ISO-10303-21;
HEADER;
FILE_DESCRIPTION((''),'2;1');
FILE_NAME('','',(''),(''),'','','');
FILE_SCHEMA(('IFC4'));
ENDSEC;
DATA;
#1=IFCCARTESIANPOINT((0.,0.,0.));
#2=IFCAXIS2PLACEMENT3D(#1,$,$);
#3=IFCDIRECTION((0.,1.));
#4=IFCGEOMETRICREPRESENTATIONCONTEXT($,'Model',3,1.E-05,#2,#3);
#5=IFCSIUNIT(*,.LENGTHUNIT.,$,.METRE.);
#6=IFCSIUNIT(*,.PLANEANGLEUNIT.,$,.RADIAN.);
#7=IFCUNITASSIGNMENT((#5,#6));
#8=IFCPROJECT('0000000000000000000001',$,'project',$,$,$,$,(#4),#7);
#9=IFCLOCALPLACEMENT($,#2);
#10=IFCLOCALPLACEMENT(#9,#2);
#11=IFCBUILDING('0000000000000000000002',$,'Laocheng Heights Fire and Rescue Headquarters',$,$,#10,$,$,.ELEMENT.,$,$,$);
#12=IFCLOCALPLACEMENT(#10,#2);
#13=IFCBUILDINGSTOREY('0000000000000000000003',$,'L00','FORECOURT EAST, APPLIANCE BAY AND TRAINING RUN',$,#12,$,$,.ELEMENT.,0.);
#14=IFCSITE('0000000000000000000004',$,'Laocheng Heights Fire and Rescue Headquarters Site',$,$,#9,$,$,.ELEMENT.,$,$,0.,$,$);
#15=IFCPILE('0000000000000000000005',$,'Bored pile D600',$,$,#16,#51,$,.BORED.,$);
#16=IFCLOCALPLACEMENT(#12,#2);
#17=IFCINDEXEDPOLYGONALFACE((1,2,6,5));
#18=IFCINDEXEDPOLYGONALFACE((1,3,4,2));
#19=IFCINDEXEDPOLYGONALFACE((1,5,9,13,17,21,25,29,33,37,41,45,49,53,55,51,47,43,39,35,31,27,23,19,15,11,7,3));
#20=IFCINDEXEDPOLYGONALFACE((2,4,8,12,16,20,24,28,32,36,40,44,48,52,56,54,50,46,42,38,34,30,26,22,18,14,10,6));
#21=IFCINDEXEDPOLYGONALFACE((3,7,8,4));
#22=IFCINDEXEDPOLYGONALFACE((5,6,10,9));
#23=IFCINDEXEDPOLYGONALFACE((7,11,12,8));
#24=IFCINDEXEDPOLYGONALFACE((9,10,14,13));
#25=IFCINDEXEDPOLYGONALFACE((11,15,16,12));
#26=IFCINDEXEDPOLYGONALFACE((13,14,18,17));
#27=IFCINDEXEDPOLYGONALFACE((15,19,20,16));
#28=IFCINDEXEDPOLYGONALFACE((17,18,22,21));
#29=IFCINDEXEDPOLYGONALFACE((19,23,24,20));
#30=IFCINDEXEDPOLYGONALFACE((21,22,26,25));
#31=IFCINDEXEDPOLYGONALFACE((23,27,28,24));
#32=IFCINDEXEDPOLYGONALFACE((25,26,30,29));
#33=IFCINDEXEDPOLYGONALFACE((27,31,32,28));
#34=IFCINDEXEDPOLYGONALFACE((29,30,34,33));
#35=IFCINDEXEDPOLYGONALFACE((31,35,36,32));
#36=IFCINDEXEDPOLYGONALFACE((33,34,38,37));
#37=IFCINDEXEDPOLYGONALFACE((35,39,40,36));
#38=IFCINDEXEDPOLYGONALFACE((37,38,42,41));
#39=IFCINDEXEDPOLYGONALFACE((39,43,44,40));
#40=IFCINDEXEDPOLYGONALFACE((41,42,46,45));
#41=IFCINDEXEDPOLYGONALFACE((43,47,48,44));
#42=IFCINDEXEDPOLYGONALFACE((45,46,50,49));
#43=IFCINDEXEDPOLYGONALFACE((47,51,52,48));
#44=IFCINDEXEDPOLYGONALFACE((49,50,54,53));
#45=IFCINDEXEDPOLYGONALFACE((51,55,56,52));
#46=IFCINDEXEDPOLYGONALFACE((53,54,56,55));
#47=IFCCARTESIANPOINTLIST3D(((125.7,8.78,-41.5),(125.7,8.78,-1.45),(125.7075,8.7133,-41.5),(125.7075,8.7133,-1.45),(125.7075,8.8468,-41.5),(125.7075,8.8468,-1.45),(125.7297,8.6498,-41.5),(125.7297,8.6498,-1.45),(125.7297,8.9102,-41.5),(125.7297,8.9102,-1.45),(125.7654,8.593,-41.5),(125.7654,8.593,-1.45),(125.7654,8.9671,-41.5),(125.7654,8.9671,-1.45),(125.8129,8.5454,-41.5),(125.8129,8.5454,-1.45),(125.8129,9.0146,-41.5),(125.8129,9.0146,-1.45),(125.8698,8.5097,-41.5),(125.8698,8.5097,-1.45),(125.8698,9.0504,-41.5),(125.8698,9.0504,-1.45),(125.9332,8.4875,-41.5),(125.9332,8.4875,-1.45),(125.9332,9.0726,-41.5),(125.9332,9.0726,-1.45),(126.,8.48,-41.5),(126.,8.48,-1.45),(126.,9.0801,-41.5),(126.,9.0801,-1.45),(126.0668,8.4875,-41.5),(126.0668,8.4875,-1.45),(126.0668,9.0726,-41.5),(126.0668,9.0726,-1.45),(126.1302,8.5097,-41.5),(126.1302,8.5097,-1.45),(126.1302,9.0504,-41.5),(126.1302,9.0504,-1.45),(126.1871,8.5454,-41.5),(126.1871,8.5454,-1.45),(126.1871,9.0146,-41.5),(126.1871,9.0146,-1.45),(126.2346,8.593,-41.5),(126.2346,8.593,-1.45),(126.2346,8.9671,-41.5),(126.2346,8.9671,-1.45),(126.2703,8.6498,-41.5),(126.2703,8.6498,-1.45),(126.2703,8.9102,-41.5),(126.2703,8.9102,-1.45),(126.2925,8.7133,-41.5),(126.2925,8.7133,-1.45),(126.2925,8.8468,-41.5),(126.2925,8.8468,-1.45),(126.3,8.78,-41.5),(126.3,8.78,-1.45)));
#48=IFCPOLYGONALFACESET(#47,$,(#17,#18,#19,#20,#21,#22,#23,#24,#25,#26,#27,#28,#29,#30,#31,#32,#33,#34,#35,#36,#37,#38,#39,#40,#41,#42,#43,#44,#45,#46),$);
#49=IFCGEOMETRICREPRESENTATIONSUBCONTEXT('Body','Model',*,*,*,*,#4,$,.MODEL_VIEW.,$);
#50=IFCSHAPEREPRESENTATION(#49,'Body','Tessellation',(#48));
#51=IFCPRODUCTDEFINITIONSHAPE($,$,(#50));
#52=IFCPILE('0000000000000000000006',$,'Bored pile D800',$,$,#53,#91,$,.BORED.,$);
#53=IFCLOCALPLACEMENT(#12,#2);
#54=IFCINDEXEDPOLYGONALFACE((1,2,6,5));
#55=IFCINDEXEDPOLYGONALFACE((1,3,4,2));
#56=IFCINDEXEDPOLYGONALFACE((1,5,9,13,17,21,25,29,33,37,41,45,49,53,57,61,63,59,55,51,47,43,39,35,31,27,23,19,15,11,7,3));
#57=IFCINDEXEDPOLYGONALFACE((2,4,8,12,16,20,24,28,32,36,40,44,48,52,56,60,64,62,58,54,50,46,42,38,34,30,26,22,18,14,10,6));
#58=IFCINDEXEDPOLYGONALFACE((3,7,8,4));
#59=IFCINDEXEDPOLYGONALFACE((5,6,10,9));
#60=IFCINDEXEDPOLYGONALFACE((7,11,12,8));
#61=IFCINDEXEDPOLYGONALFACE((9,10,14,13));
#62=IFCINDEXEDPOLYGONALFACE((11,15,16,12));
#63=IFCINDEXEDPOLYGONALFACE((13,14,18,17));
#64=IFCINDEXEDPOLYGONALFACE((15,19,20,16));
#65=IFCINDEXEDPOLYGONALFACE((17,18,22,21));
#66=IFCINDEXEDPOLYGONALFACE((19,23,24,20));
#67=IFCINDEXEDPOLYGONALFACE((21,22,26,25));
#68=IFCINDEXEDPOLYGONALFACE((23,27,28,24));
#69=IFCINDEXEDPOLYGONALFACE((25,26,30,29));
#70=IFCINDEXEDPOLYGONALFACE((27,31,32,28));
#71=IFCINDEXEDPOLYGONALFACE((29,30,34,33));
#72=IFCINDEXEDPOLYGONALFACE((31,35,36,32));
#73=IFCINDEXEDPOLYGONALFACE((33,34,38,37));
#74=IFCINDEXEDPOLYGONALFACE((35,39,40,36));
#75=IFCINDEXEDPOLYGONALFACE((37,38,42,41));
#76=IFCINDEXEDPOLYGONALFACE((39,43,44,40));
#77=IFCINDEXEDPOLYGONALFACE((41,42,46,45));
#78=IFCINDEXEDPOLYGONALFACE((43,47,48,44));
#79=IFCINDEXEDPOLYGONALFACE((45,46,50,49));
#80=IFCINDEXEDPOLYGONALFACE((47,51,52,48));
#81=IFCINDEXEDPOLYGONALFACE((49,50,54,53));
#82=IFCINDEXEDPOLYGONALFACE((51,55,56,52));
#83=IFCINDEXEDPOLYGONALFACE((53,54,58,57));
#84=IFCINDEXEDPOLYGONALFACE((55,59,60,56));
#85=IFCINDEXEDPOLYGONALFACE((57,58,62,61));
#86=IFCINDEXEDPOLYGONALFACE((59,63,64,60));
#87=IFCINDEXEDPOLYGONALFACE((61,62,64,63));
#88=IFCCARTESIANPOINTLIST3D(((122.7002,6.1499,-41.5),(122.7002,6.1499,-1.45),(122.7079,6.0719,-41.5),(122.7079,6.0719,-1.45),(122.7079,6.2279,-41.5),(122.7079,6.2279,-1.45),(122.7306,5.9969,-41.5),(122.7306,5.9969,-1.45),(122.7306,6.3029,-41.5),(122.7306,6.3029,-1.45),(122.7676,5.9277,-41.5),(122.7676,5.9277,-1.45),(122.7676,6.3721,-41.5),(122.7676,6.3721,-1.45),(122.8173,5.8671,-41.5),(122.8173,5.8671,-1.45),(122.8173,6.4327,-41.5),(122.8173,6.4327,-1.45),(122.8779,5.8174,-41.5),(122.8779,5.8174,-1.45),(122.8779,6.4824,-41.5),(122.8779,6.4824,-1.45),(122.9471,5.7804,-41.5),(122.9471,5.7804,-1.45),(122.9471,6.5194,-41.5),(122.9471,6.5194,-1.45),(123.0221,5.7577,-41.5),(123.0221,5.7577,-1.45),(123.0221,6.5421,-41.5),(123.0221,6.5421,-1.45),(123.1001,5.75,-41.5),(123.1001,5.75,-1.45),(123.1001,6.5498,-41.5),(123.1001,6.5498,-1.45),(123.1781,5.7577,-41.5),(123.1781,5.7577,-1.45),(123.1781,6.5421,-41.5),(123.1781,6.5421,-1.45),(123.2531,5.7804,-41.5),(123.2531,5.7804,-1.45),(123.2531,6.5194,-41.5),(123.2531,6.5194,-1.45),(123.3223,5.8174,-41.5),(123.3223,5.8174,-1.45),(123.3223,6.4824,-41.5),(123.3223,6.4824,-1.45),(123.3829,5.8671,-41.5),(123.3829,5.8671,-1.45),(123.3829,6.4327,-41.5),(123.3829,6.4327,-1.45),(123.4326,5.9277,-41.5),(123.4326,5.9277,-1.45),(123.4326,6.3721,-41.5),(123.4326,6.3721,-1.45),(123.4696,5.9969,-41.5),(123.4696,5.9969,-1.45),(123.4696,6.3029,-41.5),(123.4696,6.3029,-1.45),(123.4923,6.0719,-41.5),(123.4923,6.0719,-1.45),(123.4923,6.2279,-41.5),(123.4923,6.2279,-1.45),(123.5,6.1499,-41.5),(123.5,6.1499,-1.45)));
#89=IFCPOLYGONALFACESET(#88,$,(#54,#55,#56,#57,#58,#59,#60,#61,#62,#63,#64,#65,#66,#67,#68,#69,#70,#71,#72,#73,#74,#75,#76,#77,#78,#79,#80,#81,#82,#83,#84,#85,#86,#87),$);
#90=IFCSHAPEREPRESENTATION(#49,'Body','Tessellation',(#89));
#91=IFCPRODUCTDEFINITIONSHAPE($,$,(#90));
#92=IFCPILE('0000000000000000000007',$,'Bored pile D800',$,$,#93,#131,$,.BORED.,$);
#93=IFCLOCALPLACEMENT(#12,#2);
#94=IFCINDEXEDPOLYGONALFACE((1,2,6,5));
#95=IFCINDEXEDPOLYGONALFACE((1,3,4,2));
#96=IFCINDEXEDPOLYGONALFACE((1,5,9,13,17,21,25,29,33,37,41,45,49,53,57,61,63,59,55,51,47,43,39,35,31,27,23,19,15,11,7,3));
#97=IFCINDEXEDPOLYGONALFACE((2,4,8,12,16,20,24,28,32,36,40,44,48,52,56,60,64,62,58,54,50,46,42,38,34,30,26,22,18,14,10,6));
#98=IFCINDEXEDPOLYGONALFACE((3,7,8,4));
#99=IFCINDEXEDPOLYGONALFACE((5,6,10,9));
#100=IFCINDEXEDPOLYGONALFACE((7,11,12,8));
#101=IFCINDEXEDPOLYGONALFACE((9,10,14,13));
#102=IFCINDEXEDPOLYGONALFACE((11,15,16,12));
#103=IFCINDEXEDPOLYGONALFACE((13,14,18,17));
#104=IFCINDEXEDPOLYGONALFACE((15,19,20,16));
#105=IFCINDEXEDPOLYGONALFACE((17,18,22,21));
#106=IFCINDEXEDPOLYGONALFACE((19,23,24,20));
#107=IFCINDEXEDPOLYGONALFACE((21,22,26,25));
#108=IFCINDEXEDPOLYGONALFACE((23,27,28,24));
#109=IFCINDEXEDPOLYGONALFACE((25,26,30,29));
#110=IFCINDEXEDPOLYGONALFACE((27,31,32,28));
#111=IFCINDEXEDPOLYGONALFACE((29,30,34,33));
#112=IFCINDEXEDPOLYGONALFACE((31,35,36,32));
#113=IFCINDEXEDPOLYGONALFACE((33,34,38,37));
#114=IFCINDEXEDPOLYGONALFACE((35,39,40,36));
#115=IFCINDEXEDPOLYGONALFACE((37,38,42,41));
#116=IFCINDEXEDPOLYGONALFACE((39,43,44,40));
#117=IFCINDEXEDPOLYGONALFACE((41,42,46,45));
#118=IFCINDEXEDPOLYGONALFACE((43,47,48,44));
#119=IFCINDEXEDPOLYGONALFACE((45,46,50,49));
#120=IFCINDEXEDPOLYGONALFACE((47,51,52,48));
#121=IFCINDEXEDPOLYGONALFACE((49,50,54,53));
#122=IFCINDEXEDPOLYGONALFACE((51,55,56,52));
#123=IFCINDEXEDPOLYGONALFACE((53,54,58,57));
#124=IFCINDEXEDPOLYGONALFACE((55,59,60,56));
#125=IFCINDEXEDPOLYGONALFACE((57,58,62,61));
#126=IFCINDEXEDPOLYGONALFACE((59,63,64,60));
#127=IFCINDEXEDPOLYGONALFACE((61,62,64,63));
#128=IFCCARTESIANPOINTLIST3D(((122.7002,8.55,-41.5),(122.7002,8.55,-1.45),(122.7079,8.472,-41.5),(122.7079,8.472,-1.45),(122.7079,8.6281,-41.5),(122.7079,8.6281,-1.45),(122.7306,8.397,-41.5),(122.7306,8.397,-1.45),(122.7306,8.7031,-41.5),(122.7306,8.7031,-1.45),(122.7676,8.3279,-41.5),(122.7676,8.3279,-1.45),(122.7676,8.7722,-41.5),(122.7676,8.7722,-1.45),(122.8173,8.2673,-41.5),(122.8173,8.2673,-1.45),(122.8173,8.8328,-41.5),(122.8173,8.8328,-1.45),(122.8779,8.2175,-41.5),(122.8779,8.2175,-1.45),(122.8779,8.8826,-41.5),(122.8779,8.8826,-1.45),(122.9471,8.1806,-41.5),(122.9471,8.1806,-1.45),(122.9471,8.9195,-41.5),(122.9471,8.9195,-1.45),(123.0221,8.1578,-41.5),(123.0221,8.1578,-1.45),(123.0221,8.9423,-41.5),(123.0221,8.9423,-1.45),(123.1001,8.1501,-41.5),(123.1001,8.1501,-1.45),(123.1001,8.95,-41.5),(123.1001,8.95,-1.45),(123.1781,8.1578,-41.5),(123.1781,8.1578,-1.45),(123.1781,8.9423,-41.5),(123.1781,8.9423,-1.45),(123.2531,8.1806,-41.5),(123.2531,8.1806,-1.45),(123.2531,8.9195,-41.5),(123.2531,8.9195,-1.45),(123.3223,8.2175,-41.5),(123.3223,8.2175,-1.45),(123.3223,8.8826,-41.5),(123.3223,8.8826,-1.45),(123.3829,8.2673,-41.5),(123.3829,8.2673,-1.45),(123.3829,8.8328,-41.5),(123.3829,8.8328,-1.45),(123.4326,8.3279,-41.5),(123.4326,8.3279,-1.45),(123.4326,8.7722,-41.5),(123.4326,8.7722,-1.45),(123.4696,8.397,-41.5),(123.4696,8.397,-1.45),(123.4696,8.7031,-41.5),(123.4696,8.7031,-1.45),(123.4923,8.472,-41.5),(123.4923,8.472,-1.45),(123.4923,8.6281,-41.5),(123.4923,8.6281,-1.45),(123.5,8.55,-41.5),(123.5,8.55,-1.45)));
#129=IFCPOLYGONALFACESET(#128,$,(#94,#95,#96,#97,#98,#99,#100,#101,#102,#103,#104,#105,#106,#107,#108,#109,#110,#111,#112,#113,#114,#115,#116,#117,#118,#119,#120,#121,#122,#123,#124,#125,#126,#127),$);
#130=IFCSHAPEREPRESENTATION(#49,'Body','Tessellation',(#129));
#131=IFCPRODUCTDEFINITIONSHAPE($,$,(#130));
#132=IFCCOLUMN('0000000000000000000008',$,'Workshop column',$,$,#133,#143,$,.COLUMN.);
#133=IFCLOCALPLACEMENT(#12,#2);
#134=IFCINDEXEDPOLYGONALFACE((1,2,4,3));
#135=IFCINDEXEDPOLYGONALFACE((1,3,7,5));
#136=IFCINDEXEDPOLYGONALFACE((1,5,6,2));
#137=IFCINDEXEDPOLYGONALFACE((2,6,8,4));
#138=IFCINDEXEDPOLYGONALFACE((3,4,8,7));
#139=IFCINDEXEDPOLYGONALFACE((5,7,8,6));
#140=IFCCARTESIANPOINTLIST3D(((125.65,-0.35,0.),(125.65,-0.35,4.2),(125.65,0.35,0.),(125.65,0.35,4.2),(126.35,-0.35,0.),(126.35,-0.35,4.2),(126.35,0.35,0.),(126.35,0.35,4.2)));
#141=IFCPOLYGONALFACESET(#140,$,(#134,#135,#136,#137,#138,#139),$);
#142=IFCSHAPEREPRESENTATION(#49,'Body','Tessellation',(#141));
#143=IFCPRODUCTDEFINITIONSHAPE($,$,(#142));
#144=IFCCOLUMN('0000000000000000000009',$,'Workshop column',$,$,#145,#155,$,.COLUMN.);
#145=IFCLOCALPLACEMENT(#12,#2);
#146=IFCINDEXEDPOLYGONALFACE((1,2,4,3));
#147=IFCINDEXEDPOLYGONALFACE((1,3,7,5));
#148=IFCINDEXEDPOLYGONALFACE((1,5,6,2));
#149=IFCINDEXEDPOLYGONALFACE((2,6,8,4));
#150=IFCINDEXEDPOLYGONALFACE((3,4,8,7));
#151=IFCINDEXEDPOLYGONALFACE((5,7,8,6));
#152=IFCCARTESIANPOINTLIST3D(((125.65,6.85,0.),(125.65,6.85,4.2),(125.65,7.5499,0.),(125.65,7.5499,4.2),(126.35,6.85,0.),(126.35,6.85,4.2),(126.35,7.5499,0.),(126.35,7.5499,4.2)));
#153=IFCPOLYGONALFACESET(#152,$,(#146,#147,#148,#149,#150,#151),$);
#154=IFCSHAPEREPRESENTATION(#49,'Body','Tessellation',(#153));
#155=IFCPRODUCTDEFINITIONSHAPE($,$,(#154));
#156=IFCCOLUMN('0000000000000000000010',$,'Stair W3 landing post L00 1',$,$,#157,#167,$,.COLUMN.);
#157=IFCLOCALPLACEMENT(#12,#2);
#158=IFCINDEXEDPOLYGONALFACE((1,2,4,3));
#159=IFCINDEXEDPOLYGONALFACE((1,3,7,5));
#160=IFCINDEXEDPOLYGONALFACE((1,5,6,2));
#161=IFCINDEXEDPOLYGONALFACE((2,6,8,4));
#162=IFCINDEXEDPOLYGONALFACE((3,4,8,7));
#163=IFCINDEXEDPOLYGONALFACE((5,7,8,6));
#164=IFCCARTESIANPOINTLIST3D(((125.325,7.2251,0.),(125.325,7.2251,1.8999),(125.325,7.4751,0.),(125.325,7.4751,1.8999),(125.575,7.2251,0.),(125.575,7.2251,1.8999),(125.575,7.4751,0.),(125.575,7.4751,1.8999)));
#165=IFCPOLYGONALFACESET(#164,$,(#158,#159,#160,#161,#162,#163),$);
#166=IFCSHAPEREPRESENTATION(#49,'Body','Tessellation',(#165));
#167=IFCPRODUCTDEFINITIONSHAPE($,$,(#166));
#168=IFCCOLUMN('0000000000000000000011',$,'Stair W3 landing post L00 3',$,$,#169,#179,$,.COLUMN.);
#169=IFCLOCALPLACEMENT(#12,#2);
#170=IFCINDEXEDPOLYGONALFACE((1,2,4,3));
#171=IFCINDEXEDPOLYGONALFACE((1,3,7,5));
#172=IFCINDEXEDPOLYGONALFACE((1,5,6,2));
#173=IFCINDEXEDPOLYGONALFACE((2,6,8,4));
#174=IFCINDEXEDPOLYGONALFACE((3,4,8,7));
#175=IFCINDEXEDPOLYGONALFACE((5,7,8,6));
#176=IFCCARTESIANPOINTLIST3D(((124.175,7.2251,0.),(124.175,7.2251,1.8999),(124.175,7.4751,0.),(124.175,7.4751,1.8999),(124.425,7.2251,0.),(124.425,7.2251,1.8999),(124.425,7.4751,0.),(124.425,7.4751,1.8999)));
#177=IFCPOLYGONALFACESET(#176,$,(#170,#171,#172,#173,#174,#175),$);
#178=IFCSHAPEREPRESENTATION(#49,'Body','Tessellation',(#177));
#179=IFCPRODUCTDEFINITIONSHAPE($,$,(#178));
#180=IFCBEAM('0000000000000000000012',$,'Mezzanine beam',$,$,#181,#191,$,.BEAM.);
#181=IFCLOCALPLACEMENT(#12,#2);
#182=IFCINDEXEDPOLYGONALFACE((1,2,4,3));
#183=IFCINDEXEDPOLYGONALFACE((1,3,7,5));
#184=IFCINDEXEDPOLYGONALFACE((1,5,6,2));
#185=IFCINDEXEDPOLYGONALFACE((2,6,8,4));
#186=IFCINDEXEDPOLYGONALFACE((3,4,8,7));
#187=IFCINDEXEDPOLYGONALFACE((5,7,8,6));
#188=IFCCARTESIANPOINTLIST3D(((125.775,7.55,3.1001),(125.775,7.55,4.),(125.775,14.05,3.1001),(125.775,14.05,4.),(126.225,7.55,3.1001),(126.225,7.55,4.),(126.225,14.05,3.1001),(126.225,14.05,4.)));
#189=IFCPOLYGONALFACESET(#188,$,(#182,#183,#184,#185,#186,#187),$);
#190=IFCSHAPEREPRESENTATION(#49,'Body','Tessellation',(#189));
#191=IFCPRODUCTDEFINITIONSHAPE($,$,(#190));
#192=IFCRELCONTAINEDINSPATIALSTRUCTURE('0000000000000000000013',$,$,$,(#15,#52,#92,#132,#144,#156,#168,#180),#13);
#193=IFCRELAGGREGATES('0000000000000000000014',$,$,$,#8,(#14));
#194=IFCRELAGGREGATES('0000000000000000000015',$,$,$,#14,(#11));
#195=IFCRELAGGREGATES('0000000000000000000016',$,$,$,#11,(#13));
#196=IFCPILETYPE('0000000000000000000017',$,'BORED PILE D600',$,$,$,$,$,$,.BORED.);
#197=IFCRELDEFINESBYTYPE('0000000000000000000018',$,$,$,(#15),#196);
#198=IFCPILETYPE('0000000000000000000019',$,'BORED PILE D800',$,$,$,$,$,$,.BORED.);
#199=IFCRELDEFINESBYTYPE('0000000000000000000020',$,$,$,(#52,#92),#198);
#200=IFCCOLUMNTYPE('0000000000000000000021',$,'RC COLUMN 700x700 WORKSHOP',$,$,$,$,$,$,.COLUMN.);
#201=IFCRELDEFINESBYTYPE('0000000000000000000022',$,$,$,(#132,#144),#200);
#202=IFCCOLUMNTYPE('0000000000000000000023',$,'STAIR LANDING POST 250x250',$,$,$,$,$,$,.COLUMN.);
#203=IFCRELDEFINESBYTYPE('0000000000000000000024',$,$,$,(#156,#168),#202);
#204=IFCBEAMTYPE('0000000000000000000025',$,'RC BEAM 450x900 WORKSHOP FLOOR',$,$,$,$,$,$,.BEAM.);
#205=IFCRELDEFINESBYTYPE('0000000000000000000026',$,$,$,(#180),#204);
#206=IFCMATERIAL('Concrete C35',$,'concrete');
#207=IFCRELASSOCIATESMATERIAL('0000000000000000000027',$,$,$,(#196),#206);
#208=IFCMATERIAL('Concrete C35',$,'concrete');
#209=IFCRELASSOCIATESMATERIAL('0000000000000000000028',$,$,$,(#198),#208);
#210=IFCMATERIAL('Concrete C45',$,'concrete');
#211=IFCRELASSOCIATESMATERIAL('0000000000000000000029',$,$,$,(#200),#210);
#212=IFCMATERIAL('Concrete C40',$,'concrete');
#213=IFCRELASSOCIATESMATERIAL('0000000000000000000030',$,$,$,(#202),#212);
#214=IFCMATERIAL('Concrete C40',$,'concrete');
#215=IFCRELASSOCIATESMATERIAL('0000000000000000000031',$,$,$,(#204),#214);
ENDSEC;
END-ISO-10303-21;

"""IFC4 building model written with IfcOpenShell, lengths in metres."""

from ifc_helpers import new_model, si_unit, direction, frame, origin, origin_2d, place, context, subcontext, project, spatial, rectangle, circle, extrude, material, material_profile, profile_set, type_object, element, save


model = new_model("IFC4")

# Units and contexts
model_context = context("Model", 3, precision=1e-05, world=origin(), true_north=direction((0.0, 1.0)))
body_context = subcontext(model_context, "Body", "Model", "MODEL_VIEW")
ifc_project = project(units=[si_unit("LENGTHUNIT", "METRE"), si_unit("PLANEANGLEUNIT", "RADIAN")], contexts=[model_context])

# Site, building, storey
site_placement = place(None, origin())
site = spatial("IfcSite", under=ifc_project, at=site_placement, Name="Laocheng Heights Fire and Rescue Headquarters Site", CompositionType="ELEMENT", RefElevation=0.0)
building_placement = place(site_placement, origin())
building = spatial("IfcBuilding", under=site, at=building_placement, Name="Laocheng Heights Fire and Rescue Headquarters", CompositionType="ELEMENT")
storey_placement = place(building_placement, origin())
storey = spatial("IfcBuildingStorey", under=building, at=storey_placement, Name="L00", Description="FORECOURT EAST, APPLIANCE BAY AND TRAINING RUN", CompositionType="ELEMENT", Elevation=0.0)

# Piles
ifc_material_1 = material(Name="Concrete C35", Category="concrete")
ifc_material_profile_1 = material_profile(ifc_material_1, circle(Radius=0.3, at=origin_2d()), Name="BORED PILE D600")
ifc_profile_set_1 = profile_set([ifc_material_profile_1], Name="Concrete C35")
pile_type_1 = type_object("IfcPileType", Name="BORED PILE D600", PredefinedType="BORED", material=ifc_profile_set_1)
for number, where, z_axis, x_axis, name in (
    (1, (126.0, 8.78, -1.45), (0.0, 0.0, -1.0), (1.0, 0.0, 0.0), "Bored pile D600"),
):
    element("IfcPile", number, at=place(storey_placement, frame(where, z_axis=z_axis, x_axis=x_axis)), inside=storey, type_object=pile_type_1, Name=name, PredefinedType="BORED", context=body_context, shape_type="SweptSolid", body=[
        extrude(circle(Radius=0.3, at=origin_2d()), origin(), (0.0, 0.0, 1.0), 40.05),
    ])
ifc_material_2 = material(Name="Concrete C35", Category="concrete")
ifc_material_profile_2 = material_profile(ifc_material_2, circle(Radius=0.3999, at=origin_2d()), Name="BORED PILE D800")
ifc_profile_set_2 = profile_set([ifc_material_profile_2], Name="Concrete C35")
pile_type_2 = type_object("IfcPileType", Name="BORED PILE D800", PredefinedType="BORED", material=ifc_profile_set_2)
for number, where, z_axis, x_axis, name in (
    (2, (123.1001, 6.1499, -1.45), (0.0, 0.0, -1.0), (1.0, 0.0, 0.0), "Bored pile D800"),
    (3, (123.1001, 8.55, -1.45), (0.0, 0.0, -1.0), (1.0, 0.0, 0.0), "Bored pile D800"),
):
    element("IfcPile", number, at=place(storey_placement, frame(where, z_axis=z_axis, x_axis=x_axis)), inside=storey, type_object=pile_type_2, Name=name, PredefinedType="BORED", context=body_context, shape_type="SweptSolid", body=[
        extrude(circle(Radius=0.3999, at=origin_2d()), origin(), (0.0, 0.0, 1.0), 40.05),
    ])

# Columns
ifc_material_3 = material(Name="Concrete C45", Category="concrete")
ifc_material_profile_3 = material_profile(ifc_material_3, rectangle(XDim=0.7, YDim=0.7, at=origin_2d()), Name="RC COLUMN 700x700 WORKSHOP")
ifc_profile_set_3 = profile_set([ifc_material_profile_3], Name="Concrete C45")
column_type_1 = type_object("IfcColumnType", Name="RC COLUMN 700x700 WORKSHOP", PredefinedType="COLUMN", material=ifc_profile_set_3)
for number, where, z_axis, x_axis, name in (
    (4, (126.0, 0.0, 0.0), (0.0, 0.0, 1.0), (1.0, 0.0, 0.0), "Workshop column"),
    (5, (126.0, 7.2, 0.0), (0.0, 0.0, 1.0), (1.0, 0.0, 0.0), "Workshop column"),
):
    element("IfcColumn", number, at=place(storey_placement, frame(where, z_axis=z_axis, x_axis=x_axis)), inside=storey, type_object=column_type_1, Name=name, PredefinedType="COLUMN", context=body_context, shape_type="SweptSolid", body=[
        extrude(rectangle(XDim=0.7, YDim=0.7, at=origin_2d()), origin(), (0.0, 0.0, 1.0), 4.2),
    ])
ifc_material_4 = material(Name="Concrete C40", Category="concrete")
ifc_material_profile_4 = material_profile(ifc_material_4, rectangle(XDim=0.25, YDim=0.25, at=origin_2d()), Name="STAIR LANDING POST 250x250")
ifc_profile_set_4 = profile_set([ifc_material_profile_4], Name="Concrete C40")
column_type_2 = type_object("IfcColumnType", Name="STAIR LANDING POST 250x250", PredefinedType="COLUMN", material=ifc_profile_set_4)
for number, where, z_axis, x_axis, name in (
    (6, (125.45, 7.3501, 0.0), (0.0, 0.0, 1.0), (1.0, 0.0, 0.0), "Stair W3 landing post L00 1"),
    (7, (124.3, 7.3501, 0.0), (0.0, 0.0, 1.0), (1.0, 0.0, 0.0), "Stair W3 landing post L00 3"),
):
    element("IfcColumn", number, at=place(storey_placement, frame(where, z_axis=z_axis, x_axis=x_axis)), inside=storey, type_object=column_type_2, Name=name, PredefinedType="COLUMN", context=body_context, shape_type="SweptSolid", body=[
        extrude(rectangle(XDim=0.25, YDim=0.25, at=origin_2d()), origin(), (0.0, 0.0, 1.0), 1.8999),
    ])

# Beam
ifc_material_5 = material(Name="Concrete C40", Category="concrete")
ifc_material_profile_5 = material_profile(ifc_material_5, rectangle(XDim=0.45, YDim=0.8999, at=origin_2d()), Name="RC BEAM 450x900 WORKSHOP FLOOR")
ifc_profile_set_5 = profile_set([ifc_material_profile_5], Name="Concrete C40")
beam_type_1 = type_object("IfcBeamType", Name="RC BEAM 450x900 WORKSHOP FLOOR", PredefinedType="BEAM", material=ifc_profile_set_5)
beam_1_placement = place(storey_placement, frame((126.0, 7.55, 3.55), z_axis=(0.0, 1.0, 0.0), x_axis=(-1.0, 0.0, 0.0)))
element("IfcBeam", 8, at=beam_1_placement, inside=storey, type_object=beam_type_1, Name="Mezzanine beam", PredefinedType="BEAM", context=body_context, shape_type="SweptSolid", body=[
    extrude(rectangle(XDim=0.45, YDim=0.8999, at=origin_2d()), origin(), (0.0, 0.0, 1.0), 6.5),
])

save(model, "model.ifc")
